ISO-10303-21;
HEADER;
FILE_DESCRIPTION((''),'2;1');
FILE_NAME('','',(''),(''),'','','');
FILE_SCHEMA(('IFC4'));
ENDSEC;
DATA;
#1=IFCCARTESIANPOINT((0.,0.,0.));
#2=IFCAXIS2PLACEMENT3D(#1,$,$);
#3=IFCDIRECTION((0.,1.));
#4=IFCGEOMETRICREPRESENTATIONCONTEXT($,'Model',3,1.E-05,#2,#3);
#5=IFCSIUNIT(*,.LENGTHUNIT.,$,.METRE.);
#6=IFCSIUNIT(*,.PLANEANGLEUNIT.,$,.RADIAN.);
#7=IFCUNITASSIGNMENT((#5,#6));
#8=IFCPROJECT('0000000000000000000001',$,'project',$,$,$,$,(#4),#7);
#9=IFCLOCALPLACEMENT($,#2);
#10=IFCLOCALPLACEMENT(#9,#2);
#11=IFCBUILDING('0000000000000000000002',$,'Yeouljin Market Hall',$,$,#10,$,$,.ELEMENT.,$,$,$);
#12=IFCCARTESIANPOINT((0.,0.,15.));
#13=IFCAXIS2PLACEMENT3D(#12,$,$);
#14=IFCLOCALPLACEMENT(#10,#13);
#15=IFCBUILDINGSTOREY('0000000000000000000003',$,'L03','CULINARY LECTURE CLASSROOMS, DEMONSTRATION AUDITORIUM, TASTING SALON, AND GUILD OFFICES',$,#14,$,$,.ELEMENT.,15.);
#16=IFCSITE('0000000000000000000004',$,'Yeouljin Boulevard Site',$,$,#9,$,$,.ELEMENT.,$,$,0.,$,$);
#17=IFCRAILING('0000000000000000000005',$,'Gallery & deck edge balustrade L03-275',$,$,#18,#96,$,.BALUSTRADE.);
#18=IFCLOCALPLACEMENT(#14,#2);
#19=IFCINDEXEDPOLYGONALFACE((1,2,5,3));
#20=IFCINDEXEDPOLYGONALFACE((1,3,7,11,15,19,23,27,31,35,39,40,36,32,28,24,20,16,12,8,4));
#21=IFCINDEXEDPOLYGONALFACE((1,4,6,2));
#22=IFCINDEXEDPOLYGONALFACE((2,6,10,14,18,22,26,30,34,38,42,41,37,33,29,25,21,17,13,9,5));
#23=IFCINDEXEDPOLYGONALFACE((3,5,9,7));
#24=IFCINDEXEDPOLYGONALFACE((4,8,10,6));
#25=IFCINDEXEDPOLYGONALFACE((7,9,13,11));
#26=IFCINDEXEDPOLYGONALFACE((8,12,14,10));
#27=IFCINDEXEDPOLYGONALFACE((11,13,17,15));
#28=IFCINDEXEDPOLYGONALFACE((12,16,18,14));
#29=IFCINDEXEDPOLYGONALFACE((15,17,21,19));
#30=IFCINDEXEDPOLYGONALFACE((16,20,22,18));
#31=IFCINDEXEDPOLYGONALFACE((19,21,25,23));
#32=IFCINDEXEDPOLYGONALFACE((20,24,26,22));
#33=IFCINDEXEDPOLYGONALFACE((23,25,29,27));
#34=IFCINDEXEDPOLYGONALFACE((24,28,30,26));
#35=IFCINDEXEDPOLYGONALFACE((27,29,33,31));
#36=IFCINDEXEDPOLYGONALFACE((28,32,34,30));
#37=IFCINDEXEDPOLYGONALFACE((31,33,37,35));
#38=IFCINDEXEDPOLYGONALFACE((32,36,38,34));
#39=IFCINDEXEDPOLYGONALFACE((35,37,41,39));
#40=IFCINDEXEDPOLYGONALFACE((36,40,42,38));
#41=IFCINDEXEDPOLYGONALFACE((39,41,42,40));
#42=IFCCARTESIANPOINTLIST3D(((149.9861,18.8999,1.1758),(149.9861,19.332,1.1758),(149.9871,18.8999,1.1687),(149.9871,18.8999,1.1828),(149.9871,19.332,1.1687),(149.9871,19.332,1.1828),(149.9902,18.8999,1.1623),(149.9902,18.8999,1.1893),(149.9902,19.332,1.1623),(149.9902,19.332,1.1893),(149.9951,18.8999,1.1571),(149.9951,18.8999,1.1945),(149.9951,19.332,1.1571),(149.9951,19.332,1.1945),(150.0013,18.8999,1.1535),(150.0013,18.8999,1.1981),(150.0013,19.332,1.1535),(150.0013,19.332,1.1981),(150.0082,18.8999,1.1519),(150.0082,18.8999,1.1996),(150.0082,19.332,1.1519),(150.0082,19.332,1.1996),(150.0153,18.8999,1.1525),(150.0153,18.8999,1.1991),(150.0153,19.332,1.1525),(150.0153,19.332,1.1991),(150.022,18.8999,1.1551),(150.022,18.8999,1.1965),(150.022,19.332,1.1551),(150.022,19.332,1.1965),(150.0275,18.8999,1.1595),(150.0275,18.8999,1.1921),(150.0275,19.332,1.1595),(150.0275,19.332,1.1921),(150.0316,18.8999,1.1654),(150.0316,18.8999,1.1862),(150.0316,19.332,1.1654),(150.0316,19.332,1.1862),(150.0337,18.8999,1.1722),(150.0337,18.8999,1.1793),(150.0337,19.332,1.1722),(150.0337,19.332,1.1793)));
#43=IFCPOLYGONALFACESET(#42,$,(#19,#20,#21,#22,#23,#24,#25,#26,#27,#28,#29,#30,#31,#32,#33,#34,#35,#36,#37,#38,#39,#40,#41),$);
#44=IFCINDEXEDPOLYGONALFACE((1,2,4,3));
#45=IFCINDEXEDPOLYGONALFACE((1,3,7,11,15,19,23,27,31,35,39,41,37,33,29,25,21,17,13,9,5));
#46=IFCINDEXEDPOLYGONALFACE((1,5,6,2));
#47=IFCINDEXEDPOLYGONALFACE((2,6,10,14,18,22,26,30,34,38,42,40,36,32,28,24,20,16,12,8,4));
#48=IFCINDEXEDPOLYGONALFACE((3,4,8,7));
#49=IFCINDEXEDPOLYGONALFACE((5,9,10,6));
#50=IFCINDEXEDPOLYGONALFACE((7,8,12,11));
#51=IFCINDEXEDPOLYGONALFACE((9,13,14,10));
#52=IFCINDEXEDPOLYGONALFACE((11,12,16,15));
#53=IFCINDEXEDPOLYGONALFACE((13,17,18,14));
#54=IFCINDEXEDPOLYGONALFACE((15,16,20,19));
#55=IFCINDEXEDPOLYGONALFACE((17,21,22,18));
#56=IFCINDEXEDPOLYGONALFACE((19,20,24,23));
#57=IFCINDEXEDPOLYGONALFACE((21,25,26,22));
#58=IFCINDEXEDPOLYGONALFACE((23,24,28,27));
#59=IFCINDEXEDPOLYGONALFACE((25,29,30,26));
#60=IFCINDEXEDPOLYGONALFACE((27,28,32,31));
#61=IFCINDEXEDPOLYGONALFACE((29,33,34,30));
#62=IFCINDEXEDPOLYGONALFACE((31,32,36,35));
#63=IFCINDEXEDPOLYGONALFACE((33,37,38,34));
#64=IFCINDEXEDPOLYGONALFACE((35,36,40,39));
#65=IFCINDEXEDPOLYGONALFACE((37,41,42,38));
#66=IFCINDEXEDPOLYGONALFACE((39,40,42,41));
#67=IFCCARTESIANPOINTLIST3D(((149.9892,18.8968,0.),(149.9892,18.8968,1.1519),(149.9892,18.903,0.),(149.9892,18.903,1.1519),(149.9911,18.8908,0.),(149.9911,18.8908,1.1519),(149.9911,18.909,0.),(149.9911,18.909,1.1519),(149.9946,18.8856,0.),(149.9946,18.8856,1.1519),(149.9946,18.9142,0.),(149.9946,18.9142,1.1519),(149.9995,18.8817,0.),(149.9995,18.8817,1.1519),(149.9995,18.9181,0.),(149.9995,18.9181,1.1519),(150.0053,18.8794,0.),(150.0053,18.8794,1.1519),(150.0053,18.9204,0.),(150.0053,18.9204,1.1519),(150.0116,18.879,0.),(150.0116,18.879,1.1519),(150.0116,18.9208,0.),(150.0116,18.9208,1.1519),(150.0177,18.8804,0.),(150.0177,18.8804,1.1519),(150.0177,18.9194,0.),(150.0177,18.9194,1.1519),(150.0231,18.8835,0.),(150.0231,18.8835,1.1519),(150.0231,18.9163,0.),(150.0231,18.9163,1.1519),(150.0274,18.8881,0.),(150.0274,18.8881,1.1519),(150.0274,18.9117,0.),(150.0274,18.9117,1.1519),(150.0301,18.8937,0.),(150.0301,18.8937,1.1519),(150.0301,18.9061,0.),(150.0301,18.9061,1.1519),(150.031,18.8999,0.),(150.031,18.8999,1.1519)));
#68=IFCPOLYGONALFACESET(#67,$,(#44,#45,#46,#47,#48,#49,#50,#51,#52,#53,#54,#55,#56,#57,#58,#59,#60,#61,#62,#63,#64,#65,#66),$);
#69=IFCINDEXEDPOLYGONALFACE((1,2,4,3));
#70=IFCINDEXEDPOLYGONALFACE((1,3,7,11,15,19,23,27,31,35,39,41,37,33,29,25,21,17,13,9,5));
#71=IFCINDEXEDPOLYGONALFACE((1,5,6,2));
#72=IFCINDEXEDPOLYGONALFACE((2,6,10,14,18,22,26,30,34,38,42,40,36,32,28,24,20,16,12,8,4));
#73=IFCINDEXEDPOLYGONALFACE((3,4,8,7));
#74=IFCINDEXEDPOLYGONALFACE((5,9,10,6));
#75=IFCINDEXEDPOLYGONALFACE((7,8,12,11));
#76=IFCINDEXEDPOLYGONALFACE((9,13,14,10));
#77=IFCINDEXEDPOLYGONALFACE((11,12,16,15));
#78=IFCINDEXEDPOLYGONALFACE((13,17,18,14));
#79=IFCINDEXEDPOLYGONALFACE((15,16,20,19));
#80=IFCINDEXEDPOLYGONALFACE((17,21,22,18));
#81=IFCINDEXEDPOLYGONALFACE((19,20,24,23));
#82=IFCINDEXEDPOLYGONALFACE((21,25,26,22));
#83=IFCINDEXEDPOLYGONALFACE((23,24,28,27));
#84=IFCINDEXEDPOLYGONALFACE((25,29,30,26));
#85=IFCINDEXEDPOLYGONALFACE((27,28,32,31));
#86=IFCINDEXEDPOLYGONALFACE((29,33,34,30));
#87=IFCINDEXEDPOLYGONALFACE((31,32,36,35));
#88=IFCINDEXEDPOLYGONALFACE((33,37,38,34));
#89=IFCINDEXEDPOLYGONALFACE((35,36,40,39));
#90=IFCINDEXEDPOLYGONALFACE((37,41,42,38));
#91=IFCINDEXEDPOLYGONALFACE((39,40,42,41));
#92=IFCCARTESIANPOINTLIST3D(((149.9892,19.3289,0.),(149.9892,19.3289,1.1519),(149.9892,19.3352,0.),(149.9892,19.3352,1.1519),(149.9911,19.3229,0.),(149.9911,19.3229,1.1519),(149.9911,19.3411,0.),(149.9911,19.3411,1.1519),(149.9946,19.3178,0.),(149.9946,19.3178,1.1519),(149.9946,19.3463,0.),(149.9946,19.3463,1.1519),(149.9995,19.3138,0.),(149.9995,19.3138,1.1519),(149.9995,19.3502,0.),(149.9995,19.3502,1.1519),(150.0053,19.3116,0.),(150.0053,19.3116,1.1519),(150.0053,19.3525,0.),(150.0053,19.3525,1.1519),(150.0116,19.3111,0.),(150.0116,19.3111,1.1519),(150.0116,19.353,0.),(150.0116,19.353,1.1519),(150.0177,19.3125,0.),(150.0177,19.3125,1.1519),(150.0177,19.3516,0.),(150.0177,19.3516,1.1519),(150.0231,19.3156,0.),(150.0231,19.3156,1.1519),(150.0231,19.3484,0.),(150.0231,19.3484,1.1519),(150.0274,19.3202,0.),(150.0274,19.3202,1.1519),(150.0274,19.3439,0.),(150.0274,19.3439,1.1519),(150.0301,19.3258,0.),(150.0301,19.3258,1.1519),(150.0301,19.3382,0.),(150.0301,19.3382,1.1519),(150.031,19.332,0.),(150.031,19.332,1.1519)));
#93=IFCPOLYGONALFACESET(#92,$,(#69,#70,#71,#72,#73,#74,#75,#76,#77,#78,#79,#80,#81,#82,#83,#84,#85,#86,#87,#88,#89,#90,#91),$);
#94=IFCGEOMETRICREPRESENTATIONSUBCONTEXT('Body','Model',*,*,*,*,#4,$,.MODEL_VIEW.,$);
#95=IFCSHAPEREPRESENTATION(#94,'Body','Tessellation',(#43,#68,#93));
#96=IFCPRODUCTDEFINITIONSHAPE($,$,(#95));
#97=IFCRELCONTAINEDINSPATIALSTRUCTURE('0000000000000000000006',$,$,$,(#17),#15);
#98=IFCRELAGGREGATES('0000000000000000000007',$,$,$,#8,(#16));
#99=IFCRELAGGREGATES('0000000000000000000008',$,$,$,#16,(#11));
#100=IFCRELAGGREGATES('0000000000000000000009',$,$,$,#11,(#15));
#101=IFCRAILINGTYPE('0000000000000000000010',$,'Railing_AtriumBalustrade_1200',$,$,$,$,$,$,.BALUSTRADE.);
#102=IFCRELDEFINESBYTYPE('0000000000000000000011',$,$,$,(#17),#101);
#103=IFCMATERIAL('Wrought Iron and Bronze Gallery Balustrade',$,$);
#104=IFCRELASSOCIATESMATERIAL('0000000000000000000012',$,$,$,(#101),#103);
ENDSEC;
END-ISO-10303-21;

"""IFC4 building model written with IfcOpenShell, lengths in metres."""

from ifc_helpers import new_model, si_unit, direction, frame, origin, origin_2d, place, context, subcontext, project, spatial, circle, extrude, material, type_object, element, save


model = new_model("IFC4")

# Units and contexts
model_context = context("Model", 3, precision=1e-05, world=origin(), true_north=direction((0.0, 1.0)))
body_context = subcontext(model_context, "Body", "Model", "MODEL_VIEW")
ifc_project = project(units=[si_unit("LENGTHUNIT", "METRE"), si_unit("PLANEANGLEUNIT", "RADIAN")], contexts=[model_context])

# Site, building, storey
site_placement = place(None, origin())
site = spatial("IfcSite", under=ifc_project, at=site_placement, Name="Yeouljin Boulevard Site", CompositionType="ELEMENT", RefElevation=0.0)
building_placement = place(site_placement, origin())
building = spatial("IfcBuilding", under=site, at=building_placement, Name="Yeouljin Market Hall", CompositionType="ELEMENT")
storey_placement = place(building_placement, frame((0.0, 0.0, 15.0)))
storey = spatial("IfcBuildingStorey", under=building, at=storey_placement, Name="L03", Description="CULINARY LECTURE CLASSROOMS, DEMONSTRATION AUDITORIUM, TASTING SALON, AND GUILD OFFICES", CompositionType="ELEMENT", Elevation=15.0)

# Railing
ifc_material_1 = material(Name="Wrought Iron and Bronze Gallery Balustrade")
railing_type = type_object("IfcRailingType", Name="Railing_AtriumBalustrade_1200", PredefinedType="BALUSTRADE", material=ifc_material_1)
railing_placement = place(storey_placement, frame((150.01, 18.8999, 0.0)))
element("IfcRailing", 1, at=railing_placement, inside=storey, type_object=railing_type, Name="Gallery & deck edge balustrade L03-275", PredefinedType="BALUSTRADE", context=body_context, shape_type="SweptSolid", body=[
    extrude(circle(Radius=0.0239, at=origin_2d()), frame((0.0, 0.0, 1.1758), z_axis=(0.0, 1.0, 0.0), x_axis=(-1.0, 0.0, 0.0)), (0.0, 0.0, 1.0), 0.4321),
    extrude(circle(Radius=0.021, at=origin_2d()), origin(), (0.0, 0.0, 1.0), 1.1519),
    extrude(circle(Radius=0.021, at=origin_2d()), frame((0.0, 0.4321, 0.0)), (0.0, 0.0, 1.0), 1.1519),
])

save(model, "model.ifc")
